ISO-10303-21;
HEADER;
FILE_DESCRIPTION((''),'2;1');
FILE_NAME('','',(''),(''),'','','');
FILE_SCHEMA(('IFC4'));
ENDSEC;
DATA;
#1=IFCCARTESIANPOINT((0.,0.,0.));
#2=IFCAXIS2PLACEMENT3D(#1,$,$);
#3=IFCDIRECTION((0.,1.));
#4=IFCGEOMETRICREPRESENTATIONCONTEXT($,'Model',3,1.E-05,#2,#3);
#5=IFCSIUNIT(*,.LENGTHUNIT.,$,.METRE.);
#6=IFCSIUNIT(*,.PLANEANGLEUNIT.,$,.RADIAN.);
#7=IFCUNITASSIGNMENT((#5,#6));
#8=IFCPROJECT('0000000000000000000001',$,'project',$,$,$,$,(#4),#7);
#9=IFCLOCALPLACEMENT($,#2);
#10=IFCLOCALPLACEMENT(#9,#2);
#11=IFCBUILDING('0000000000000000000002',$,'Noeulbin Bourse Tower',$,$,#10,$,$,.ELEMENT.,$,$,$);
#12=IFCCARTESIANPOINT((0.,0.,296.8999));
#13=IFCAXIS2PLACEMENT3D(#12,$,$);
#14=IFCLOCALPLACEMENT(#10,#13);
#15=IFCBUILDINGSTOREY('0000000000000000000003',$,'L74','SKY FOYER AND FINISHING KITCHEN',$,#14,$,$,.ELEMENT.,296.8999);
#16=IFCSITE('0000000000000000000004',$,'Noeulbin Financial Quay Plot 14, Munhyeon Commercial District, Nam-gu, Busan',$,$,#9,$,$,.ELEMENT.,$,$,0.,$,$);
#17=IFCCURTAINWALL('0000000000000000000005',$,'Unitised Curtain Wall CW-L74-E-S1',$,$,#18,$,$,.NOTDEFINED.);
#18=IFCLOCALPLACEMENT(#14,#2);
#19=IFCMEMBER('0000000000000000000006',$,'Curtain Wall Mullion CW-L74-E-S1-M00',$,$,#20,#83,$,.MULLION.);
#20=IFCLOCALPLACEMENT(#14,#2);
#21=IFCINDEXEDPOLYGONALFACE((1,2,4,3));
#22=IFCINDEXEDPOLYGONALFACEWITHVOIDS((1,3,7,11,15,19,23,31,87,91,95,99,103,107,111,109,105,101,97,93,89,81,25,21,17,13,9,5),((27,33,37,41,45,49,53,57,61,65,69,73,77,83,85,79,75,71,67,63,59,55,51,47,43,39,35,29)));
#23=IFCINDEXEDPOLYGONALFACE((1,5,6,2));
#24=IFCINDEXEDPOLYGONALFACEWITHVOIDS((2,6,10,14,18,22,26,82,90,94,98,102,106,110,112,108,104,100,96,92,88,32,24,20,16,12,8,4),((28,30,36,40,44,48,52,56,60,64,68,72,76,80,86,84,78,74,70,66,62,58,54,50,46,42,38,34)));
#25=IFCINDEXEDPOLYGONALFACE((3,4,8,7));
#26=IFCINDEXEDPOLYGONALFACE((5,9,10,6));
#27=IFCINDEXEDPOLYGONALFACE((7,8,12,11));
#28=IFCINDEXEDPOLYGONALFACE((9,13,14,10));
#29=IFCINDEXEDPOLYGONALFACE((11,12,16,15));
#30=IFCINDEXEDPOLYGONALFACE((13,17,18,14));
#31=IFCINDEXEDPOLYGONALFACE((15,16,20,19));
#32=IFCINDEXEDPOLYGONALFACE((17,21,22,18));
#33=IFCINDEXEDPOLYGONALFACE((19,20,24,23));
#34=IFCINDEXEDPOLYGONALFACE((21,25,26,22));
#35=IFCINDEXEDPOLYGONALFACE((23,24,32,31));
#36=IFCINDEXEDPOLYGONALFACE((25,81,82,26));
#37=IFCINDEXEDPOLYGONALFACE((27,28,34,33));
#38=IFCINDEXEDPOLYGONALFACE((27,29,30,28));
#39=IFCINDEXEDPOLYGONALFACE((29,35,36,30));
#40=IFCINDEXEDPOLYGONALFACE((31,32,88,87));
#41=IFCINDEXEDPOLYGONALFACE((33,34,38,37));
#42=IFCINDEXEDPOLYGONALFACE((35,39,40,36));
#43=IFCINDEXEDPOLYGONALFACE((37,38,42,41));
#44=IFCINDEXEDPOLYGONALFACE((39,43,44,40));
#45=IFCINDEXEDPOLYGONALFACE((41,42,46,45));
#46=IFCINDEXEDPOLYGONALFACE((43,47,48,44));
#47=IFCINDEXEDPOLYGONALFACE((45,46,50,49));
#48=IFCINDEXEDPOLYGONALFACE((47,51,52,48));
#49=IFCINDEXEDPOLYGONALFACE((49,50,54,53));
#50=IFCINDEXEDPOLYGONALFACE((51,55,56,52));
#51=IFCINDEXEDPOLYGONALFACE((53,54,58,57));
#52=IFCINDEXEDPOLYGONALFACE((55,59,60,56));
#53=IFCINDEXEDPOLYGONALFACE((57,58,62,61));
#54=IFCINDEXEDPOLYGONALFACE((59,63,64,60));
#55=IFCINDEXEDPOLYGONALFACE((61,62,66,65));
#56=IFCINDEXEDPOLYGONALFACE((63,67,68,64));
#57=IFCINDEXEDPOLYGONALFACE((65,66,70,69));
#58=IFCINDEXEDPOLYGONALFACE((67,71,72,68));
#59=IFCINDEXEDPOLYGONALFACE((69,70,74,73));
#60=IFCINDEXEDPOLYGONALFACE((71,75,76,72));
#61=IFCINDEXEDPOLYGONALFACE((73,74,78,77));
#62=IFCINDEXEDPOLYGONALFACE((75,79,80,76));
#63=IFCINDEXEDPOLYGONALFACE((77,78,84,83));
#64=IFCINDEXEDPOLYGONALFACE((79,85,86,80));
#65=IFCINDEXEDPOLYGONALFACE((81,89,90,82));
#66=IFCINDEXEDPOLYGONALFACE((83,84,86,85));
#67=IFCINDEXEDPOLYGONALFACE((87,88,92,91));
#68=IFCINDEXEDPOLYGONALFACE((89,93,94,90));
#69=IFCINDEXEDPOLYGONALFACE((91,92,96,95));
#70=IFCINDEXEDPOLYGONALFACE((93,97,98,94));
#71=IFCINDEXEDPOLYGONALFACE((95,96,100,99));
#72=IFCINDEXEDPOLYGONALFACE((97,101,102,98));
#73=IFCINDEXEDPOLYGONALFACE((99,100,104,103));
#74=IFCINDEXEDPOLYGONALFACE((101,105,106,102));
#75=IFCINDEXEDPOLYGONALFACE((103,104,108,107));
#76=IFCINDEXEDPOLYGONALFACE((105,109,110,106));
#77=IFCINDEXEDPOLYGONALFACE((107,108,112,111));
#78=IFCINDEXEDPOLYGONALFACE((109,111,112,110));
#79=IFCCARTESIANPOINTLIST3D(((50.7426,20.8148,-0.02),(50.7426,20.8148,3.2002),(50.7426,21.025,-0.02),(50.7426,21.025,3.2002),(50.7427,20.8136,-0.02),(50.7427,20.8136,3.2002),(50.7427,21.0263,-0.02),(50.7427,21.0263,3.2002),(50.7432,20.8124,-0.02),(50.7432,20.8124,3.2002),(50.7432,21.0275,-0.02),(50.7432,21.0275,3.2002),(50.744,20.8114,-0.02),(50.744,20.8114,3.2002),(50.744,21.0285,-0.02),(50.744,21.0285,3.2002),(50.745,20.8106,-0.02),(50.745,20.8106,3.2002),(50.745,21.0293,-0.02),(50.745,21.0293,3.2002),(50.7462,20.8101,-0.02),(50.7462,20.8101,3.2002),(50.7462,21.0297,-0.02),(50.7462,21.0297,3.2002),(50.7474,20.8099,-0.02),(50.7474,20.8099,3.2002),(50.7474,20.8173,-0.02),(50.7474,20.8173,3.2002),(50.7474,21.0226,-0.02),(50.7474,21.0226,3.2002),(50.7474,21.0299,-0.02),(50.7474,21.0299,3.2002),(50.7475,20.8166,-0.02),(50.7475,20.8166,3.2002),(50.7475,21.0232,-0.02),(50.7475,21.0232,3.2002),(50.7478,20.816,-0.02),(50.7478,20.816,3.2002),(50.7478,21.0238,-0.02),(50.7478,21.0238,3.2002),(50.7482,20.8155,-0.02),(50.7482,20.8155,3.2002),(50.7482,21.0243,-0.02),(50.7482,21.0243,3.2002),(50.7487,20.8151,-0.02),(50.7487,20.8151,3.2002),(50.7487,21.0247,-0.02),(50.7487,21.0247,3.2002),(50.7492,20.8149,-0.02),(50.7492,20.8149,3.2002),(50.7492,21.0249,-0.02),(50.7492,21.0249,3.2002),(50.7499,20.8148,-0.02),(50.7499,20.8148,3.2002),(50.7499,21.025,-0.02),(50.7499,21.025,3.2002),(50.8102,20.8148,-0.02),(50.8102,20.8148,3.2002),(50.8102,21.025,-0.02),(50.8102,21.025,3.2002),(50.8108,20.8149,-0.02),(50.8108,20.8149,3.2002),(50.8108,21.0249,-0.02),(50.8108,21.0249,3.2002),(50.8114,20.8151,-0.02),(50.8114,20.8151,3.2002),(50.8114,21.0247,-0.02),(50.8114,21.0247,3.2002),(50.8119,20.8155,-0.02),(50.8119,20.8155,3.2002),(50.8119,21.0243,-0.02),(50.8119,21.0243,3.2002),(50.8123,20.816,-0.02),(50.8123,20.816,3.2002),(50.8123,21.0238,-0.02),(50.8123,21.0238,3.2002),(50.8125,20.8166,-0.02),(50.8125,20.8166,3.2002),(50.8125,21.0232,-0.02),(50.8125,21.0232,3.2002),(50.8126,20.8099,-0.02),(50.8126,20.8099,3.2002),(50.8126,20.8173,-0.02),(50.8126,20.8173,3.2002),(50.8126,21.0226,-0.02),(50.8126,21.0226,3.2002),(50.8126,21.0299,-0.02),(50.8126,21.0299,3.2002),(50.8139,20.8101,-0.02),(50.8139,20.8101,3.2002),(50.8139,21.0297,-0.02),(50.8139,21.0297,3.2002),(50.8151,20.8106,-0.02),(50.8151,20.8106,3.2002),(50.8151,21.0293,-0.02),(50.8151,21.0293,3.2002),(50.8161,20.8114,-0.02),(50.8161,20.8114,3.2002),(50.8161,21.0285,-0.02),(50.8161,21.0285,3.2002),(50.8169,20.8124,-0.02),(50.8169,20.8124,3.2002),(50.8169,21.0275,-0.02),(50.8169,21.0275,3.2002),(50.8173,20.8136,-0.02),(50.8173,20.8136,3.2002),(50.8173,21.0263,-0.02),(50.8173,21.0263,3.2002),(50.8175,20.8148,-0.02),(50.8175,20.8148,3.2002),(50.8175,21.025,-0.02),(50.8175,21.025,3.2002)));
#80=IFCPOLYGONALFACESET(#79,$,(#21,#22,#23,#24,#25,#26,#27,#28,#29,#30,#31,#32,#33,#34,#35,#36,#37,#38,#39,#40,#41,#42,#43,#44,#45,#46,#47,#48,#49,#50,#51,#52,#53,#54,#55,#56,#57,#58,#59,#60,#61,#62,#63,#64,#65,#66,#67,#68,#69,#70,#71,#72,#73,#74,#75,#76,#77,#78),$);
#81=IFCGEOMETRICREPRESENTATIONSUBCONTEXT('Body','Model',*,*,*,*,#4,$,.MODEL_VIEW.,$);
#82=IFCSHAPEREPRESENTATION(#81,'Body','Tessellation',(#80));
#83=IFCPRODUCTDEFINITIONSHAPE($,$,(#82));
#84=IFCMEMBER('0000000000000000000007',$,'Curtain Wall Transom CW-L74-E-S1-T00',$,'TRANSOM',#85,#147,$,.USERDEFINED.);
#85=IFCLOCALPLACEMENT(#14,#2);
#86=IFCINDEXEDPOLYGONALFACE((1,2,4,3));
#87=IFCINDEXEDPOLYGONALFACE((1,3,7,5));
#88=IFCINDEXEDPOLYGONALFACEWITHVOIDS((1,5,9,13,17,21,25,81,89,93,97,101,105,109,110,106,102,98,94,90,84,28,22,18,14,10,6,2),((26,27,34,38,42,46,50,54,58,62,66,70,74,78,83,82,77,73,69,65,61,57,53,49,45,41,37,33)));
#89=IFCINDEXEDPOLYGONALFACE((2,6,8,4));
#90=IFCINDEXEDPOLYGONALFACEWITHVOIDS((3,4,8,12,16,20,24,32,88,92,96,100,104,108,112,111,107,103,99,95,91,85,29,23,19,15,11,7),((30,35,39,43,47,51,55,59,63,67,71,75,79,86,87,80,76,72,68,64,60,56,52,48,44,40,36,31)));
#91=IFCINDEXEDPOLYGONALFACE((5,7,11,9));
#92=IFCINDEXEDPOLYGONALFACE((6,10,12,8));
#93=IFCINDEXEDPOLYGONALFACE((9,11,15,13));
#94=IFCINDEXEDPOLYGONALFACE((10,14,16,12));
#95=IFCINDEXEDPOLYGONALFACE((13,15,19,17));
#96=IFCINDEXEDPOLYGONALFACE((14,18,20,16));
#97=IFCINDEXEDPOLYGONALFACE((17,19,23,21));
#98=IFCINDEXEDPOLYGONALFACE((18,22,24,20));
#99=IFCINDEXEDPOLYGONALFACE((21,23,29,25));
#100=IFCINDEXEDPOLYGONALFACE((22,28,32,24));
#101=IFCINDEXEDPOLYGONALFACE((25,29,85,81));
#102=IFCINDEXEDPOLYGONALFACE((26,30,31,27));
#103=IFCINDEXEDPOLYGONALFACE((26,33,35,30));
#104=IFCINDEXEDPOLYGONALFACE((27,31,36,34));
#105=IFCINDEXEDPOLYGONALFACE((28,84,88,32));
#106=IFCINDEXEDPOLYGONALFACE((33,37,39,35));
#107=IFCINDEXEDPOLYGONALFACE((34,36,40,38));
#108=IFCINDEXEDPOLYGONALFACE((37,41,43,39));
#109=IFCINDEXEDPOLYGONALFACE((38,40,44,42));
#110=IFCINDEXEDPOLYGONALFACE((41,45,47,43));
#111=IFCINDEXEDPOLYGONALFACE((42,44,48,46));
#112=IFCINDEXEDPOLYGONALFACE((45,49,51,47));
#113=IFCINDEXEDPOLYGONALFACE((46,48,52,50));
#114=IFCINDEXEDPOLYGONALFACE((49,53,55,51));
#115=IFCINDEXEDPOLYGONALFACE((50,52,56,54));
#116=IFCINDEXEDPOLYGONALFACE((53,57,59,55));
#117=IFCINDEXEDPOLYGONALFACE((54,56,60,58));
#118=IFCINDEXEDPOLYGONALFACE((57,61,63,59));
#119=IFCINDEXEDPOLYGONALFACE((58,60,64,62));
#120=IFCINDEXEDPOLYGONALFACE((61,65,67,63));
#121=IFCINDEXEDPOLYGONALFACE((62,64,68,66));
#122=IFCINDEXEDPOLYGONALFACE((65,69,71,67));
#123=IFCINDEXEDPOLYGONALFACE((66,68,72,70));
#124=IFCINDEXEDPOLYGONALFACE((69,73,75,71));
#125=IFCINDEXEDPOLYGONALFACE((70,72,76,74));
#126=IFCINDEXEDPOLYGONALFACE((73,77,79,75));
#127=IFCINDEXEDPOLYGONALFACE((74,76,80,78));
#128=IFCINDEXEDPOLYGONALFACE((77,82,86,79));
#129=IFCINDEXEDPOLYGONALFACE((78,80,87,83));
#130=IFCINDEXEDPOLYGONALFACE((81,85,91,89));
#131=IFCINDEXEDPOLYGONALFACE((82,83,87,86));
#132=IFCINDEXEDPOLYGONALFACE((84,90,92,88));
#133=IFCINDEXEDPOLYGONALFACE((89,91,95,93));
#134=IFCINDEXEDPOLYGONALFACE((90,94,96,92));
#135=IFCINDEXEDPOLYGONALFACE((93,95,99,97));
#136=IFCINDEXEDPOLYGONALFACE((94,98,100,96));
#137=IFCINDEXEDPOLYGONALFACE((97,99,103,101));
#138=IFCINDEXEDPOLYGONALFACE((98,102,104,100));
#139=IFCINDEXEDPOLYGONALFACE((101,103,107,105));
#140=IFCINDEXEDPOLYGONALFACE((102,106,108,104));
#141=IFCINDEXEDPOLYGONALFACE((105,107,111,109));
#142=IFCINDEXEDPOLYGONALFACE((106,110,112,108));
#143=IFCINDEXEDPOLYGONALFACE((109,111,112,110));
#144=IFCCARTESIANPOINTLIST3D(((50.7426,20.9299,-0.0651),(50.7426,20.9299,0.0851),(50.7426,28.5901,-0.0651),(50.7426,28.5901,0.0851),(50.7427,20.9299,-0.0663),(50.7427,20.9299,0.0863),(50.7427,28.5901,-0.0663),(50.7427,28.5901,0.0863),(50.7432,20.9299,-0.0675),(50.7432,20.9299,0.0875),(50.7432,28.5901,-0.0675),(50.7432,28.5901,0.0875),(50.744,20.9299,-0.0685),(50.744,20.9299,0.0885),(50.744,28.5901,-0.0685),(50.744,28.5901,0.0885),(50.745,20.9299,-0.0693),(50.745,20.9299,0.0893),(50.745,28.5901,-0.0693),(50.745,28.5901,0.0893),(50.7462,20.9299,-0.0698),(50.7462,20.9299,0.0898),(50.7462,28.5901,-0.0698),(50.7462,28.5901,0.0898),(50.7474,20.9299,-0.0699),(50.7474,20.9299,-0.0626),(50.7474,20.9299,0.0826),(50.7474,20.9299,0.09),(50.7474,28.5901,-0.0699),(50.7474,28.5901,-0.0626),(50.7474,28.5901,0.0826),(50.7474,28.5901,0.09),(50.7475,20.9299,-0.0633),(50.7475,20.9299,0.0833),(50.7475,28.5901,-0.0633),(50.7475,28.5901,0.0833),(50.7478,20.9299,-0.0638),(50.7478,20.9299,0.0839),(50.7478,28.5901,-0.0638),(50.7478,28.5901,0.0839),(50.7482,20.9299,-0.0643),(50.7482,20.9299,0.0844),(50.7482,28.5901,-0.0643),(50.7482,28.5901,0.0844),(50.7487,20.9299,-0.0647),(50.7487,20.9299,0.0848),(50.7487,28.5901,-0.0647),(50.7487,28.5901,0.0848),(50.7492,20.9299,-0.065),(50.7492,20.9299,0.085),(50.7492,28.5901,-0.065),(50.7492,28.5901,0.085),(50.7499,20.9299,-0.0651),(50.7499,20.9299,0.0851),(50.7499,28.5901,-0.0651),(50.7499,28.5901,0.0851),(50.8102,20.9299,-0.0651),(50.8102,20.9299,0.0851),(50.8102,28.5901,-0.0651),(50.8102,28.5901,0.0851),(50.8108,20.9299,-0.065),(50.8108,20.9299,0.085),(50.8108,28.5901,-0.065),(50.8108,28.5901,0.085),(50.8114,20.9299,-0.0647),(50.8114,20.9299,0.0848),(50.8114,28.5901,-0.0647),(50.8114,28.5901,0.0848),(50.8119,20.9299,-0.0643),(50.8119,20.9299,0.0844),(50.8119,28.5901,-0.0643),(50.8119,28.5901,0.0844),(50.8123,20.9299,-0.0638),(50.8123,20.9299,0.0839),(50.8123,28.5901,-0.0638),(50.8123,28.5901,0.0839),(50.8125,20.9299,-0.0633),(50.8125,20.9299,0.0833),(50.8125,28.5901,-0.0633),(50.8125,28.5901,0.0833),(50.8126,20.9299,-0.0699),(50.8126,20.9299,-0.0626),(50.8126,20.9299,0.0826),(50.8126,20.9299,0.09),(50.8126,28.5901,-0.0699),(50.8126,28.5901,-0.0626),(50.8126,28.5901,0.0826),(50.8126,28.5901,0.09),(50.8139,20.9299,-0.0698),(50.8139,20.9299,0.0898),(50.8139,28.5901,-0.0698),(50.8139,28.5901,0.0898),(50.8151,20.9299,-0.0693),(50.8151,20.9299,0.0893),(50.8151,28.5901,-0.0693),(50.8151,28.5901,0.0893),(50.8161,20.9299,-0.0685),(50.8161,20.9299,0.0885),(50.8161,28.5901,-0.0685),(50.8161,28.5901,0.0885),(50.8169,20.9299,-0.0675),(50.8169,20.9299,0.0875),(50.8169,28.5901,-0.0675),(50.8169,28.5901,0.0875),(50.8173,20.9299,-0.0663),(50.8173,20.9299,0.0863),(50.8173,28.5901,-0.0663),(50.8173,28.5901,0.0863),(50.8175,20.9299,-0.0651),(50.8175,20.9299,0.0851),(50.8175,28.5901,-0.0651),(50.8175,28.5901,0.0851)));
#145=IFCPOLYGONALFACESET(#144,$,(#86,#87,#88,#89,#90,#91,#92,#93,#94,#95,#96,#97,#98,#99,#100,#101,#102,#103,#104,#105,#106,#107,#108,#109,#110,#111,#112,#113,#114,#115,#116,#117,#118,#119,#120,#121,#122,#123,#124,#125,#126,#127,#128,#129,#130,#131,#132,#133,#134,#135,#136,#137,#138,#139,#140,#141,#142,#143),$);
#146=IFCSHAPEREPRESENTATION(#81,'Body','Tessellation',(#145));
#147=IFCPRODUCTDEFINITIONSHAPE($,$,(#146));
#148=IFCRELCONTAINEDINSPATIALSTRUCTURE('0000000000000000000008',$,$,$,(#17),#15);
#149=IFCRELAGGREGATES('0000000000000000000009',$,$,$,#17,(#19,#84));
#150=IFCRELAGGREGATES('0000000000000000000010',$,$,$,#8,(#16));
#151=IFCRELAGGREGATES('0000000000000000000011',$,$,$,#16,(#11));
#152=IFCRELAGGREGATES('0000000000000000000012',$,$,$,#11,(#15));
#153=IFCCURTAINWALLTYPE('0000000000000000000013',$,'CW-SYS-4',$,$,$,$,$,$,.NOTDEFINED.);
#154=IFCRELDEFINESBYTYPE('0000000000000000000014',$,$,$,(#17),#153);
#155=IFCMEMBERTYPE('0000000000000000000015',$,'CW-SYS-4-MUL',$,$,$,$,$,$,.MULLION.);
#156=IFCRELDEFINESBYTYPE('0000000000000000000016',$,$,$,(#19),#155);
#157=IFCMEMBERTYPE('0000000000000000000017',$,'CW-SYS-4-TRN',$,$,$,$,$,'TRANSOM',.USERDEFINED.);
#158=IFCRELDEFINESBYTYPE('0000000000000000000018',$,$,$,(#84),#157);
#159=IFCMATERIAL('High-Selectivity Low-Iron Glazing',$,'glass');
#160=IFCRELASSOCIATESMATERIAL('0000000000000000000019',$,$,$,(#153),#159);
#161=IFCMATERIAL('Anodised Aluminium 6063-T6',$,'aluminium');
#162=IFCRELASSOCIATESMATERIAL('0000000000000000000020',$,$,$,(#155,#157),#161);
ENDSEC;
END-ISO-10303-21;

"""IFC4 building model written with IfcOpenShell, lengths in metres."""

from ifc_helpers import new_model, si_unit, direction, frame, origin, origin_2d, place, context, subcontext, project, spatial, hollow_rectangle, extrude, material, material_profile, profile_set, type_object, element, aggregate, save


model = new_model("IFC4")

# Units and contexts
model_context = context("Model", 3, precision=1e-05, world=origin(), true_north=direction((0.0, 1.0)))
body_context = subcontext(model_context, "Body", "Model", "MODEL_VIEW")
ifc_project = project(units=[si_unit("LENGTHUNIT", "METRE"), si_unit("PLANEANGLEUNIT", "RADIAN")], contexts=[model_context])

# Site, building, storey
site_placement = place(None, origin())
site = spatial("IfcSite", under=ifc_project, at=site_placement, Name="Noeulbin Financial Quay Plot 14, Munhyeon Commercial District, Nam-gu, Busan", CompositionType="ELEMENT", RefElevation=0.0)
building_placement = place(site_placement, origin())
building = spatial("IfcBuilding", under=site, at=building_placement, Name="Noeulbin Bourse Tower", CompositionType="ELEMENT")
storey_placement = place(building_placement, frame((0.0, 0.0, 296.8999)))
storey = spatial("IfcBuildingStorey", under=building, at=storey_placement, Name="L74", Description="SKY FOYER AND FINISHING KITCHEN", CompositionType="ELEMENT", Elevation=296.8999)

# Curtain wall, members
ifc_material_1 = material(Name="High-Selectivity Low-Iron Glazing", Category="glass")
curtain_wall_type = type_object("IfcCurtainWallType", Name="CW-SYS-4", PredefinedType="NOTDEFINED", material=ifc_material_1)
ifc_material_2 = material(Name="Anodised Aluminium 6063-T6", Category="aluminium")
ifc_material_profile_1 = material_profile(ifc_material_2, hollow_rectangle(XDim=0.075, YDim=0.22, WallThickness=0.0049, InnerFilletRadius=0.0024, OuterFilletRadius=0.0049, at=origin_2d()), Name="ALU-MULL-75x220x5", Category="LoadBearing")
ifc_profile_set_1 = profile_set([ifc_material_profile_1], Name="Anodised Aluminium 6063-T6")
member_type_1 = type_object("IfcMemberType", Name="CW-SYS-4-MUL", PredefinedType="MULLION", material=ifc_profile_set_1)
curtain_wall_1_placement = place(storey_placement, origin())
curtain_wall_1 = element("IfcCurtainWall", 1, at=curtain_wall_1_placement, inside=storey, type_object=curtain_wall_type, Name="Unitised Curtain Wall CW-L74-E-S1", PredefinedType="NOTDEFINED")
member_1_placement = place(storey_placement, frame((50.78, 20.9199, -0.02), z_axis=(0.0, 0.0, 1.0), x_axis=(1.0, 0.0, 0.0)))
member_1 = element("IfcMember", 2, at=member_1_placement, type_object=member_type_1, Name="Curtain Wall Mullion CW-L74-E-S1-M00", PredefinedType="MULLION", context=body_context, shape_type="SweptSolid", body=[
    extrude(hollow_rectangle(XDim=0.075, YDim=0.22, WallThickness=0.0049, InnerFilletRadius=0.0024, OuterFilletRadius=0.0049, at=origin_2d()), origin(), (0.0, 0.0, 1.0), 3.2202),
])
ifc_material_profile_2 = material_profile(ifc_material_2, hollow_rectangle(XDim=0.075, YDim=0.1599, WallThickness=0.0049, InnerFilletRadius=0.0024, OuterFilletRadius=0.0049, at=origin_2d()), Name="ALU-TRAN-75x160x5", Category="LoadBearing")
ifc_profile_set_2 = profile_set([ifc_material_profile_2], Name="Anodised Aluminium 6063-T6")
member_type_2 = type_object("IfcMemberType", Name="CW-SYS-4-TRN", ElementType="TRANSOM", PredefinedType="USERDEFINED", material=ifc_profile_set_2)
member_2_placement = place(storey_placement, frame((50.78, 20.9299, 0.01), z_axis=(0.0, 1.0, 0.0), x_axis=(-1.0, 0.0, 0.0)))
member_2 = element("IfcMember", 3, at=member_2_placement, type_object=member_type_2, Name="Curtain Wall Transom CW-L74-E-S1-T00", ObjectType="TRANSOM", PredefinedType="USERDEFINED", context=body_context, shape_type="SweptSolid", body=[
    extrude(hollow_rectangle(XDim=0.075, YDim=0.1599, WallThickness=0.0049, InnerFilletRadius=0.0024, OuterFilletRadius=0.0049, at=origin_2d()), origin(), (0.0, 0.0, 1.0), 7.6602),
])

aggregate(curtain_wall_1, [member_1, member_2])

save(model, "model.ifc")
